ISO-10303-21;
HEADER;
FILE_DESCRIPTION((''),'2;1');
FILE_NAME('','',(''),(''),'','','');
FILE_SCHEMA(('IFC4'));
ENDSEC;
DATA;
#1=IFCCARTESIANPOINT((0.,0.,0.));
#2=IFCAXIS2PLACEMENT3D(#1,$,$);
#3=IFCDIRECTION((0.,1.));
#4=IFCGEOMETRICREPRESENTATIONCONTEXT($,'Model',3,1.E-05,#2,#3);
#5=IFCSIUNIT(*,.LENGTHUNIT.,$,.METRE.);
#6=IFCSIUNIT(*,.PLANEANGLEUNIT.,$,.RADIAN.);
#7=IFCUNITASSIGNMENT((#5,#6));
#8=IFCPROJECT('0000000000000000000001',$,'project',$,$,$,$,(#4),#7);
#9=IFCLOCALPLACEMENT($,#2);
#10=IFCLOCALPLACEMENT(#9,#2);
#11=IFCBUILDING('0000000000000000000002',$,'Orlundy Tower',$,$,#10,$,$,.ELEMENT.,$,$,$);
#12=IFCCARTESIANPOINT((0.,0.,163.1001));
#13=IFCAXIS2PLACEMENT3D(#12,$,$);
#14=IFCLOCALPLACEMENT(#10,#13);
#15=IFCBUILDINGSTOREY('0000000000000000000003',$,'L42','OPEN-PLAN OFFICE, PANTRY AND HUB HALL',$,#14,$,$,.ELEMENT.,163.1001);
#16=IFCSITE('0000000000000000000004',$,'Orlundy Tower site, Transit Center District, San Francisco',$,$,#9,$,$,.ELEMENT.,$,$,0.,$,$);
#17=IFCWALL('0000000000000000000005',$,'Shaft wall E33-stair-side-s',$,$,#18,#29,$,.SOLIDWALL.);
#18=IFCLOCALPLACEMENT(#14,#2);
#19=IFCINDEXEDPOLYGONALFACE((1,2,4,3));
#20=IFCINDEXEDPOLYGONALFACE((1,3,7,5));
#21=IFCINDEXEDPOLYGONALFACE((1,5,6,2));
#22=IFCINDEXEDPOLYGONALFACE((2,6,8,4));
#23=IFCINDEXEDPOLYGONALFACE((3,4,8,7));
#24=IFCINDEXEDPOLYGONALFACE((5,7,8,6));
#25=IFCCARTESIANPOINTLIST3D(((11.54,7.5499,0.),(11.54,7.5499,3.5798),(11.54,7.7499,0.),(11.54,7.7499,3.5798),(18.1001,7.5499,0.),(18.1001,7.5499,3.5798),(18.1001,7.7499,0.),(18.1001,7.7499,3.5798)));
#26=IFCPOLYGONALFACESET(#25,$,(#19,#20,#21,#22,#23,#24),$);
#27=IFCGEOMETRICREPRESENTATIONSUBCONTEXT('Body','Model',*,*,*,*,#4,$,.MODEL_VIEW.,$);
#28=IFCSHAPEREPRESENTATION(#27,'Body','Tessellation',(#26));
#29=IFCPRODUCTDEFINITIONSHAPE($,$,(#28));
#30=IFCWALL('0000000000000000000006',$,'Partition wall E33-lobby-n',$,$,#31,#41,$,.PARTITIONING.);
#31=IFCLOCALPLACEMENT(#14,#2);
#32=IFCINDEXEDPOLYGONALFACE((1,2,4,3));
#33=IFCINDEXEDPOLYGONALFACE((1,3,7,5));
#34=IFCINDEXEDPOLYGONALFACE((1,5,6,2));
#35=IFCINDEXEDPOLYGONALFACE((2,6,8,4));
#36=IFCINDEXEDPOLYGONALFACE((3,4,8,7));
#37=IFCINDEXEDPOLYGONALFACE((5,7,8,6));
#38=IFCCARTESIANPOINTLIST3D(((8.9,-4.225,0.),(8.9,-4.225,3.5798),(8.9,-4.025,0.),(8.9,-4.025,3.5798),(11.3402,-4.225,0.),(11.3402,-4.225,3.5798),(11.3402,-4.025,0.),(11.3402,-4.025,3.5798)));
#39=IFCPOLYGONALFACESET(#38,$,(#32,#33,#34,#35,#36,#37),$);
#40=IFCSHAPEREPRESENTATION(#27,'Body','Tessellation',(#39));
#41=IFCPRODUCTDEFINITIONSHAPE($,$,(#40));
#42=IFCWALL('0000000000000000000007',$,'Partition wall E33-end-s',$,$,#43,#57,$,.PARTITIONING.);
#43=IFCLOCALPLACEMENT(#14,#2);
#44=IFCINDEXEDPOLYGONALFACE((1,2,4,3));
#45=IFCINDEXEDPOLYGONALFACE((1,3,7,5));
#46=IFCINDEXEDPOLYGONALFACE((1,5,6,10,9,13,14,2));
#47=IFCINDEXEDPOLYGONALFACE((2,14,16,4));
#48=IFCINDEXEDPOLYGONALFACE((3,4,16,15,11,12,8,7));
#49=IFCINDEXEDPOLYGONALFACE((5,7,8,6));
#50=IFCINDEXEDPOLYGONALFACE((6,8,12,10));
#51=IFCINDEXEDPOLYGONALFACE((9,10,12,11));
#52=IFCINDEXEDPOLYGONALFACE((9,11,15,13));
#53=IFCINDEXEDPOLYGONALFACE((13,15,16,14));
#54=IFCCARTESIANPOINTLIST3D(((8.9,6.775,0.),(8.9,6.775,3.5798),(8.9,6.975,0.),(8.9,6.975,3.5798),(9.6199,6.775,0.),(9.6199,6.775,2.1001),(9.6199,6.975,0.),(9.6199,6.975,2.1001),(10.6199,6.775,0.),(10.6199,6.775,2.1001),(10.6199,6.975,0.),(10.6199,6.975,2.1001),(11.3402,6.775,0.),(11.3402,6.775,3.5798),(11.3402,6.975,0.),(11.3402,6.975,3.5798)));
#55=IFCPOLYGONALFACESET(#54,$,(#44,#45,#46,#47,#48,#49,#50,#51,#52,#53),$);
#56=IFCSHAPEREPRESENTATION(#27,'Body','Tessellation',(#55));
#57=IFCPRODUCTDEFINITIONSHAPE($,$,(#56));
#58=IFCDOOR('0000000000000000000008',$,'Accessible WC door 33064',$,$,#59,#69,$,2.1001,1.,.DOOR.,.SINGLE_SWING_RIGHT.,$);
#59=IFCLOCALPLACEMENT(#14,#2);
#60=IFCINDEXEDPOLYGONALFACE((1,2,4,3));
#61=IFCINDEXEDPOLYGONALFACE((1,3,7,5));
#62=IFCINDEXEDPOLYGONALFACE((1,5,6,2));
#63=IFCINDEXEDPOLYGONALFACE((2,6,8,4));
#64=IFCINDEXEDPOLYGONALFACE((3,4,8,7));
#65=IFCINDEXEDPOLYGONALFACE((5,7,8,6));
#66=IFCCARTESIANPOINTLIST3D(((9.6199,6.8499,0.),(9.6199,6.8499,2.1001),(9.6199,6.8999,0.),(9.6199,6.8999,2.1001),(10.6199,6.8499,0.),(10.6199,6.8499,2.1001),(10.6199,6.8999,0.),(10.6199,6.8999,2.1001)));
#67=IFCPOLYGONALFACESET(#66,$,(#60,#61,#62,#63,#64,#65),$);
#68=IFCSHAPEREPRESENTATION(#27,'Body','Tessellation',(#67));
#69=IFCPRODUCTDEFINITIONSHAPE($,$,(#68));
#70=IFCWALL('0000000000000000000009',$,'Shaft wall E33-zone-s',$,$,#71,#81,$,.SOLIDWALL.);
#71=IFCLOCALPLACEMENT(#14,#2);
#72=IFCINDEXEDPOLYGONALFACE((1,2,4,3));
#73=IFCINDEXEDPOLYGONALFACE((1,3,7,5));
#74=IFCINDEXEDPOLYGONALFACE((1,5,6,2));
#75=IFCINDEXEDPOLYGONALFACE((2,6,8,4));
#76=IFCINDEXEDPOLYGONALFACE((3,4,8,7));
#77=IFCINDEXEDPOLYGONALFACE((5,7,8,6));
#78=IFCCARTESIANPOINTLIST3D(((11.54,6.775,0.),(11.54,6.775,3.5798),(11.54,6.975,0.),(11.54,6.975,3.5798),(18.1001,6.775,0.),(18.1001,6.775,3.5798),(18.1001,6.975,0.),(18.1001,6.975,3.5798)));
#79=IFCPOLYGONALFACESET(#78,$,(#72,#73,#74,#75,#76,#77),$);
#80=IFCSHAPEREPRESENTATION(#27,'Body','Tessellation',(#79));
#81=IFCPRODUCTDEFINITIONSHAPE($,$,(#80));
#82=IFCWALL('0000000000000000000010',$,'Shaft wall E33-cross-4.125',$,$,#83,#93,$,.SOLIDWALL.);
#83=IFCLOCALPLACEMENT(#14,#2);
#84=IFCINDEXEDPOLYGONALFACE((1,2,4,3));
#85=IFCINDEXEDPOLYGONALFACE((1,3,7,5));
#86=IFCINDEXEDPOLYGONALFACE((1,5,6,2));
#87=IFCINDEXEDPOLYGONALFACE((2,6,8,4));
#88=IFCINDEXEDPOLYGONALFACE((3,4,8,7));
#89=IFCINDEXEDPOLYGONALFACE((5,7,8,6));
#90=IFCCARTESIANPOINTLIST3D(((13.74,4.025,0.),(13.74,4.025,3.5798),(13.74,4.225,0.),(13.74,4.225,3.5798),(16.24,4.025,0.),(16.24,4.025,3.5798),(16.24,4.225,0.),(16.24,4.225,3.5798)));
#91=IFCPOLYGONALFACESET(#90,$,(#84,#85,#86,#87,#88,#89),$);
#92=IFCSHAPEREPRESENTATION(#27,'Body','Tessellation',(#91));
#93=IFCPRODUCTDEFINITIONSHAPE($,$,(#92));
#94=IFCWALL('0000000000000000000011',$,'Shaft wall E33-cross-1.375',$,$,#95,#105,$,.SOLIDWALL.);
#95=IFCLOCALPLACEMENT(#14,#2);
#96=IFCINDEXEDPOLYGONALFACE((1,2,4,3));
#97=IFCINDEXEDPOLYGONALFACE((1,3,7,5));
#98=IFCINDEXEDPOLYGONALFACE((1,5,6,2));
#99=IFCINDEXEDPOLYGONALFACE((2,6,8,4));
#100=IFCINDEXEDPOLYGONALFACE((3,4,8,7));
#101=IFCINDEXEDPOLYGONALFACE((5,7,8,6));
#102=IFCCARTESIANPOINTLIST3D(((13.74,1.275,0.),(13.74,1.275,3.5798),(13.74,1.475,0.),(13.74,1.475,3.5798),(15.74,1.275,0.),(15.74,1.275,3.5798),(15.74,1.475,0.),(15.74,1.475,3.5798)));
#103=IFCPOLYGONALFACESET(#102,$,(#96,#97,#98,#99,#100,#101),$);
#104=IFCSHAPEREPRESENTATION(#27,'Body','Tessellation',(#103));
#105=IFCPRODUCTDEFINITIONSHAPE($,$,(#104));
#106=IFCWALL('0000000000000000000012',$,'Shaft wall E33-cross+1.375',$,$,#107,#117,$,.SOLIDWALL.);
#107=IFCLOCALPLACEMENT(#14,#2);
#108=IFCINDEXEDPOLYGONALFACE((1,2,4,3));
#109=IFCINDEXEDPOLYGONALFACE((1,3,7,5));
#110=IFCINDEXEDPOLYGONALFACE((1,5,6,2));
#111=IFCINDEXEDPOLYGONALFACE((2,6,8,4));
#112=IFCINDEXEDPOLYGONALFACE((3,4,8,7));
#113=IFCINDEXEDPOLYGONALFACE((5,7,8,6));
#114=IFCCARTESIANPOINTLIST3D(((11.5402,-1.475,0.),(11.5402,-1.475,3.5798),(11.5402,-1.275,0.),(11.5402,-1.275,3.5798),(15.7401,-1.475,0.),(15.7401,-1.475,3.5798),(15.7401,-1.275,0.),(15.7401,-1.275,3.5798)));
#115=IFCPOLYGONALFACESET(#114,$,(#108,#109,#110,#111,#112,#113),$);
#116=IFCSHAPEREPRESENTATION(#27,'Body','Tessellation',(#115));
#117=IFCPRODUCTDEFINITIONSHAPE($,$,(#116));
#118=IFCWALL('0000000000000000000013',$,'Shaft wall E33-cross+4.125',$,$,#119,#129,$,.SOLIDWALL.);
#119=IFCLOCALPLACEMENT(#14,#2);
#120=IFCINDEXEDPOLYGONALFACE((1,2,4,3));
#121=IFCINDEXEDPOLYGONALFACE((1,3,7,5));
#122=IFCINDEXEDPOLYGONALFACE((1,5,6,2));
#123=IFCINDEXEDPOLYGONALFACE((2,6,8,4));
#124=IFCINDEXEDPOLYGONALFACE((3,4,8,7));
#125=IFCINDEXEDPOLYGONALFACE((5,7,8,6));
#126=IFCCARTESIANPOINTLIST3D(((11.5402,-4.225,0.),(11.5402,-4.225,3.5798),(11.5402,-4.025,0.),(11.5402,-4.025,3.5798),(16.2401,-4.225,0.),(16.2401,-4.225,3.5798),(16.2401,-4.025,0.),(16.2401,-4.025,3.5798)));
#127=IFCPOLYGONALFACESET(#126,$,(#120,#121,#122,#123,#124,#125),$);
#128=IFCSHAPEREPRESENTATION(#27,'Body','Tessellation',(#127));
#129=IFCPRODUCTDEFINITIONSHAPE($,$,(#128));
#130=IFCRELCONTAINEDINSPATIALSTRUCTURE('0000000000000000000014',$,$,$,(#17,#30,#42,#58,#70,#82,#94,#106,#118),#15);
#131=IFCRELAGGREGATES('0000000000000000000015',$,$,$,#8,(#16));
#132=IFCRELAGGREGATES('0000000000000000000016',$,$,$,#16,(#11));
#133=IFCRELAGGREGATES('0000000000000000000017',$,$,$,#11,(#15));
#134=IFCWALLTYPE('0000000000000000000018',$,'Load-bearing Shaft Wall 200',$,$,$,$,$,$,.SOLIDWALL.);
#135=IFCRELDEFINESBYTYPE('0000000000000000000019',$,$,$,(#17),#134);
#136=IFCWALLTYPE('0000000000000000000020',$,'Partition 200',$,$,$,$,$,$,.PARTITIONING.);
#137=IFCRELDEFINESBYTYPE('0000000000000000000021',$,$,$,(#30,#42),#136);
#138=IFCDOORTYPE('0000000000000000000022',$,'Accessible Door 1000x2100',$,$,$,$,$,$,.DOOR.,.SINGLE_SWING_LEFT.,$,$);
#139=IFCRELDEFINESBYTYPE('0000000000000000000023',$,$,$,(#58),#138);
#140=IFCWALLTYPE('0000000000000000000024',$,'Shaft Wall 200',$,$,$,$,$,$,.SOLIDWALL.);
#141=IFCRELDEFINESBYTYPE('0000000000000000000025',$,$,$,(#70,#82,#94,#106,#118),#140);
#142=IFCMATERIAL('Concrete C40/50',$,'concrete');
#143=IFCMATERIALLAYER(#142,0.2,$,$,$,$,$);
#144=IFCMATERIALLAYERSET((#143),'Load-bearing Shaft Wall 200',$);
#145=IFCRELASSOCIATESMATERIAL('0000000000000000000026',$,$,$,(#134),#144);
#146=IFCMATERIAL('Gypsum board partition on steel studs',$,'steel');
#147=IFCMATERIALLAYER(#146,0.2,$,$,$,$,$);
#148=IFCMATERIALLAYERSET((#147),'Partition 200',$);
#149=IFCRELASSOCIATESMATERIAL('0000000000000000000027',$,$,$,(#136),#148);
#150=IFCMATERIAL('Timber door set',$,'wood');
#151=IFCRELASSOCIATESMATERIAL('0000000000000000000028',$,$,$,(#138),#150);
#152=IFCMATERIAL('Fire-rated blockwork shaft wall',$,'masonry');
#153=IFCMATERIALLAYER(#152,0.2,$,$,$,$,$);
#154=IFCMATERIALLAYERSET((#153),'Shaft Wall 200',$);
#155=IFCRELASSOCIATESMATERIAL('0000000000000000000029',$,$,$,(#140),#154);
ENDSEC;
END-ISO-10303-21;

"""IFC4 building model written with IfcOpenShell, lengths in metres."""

from ifc_helpers import new_model, si_unit, direction, frame, frame_2d, origin, place, context, subcontext, project, spatial, rectangle, extrude, material, layer, layer_set, type_object, element, fill, save


model = new_model("IFC4")

# Units and contexts
model_context = context("Model", 3, precision=1e-05, world=origin(), true_north=direction((0.0, 1.0)))
body_context = subcontext(model_context, "Body", "Model", "MODEL_VIEW")
ifc_project = project(units=[si_unit("LENGTHUNIT", "METRE"), si_unit("PLANEANGLEUNIT", "RADIAN")], contexts=[model_context])

# Site, building, storey
site_placement = place(None, origin())
site = spatial("IfcSite", under=ifc_project, at=site_placement, Name="Orlundy Tower site, Transit Center District, San Francisco", CompositionType="ELEMENT", RefElevation=0.0)
building_placement = place(site_placement, origin())
building = spatial("IfcBuilding", under=site, at=building_placement, Name="Orlundy Tower", CompositionType="ELEMENT")
storey_placement = place(building_placement, frame((0.0, 0.0, 163.1001)))
storey = spatial("IfcBuildingStorey", under=building, at=storey_placement, Name="L42", Description="OPEN-PLAN OFFICE, PANTRY AND HUB HALL", CompositionType="ELEMENT", Elevation=163.1001)

# Walls
ifc_material_1 = material(Name="Concrete C40/50", Category="concrete")
ifc_layer_1 = layer(ifc_material_1, 0.2)
ifc_layer_set_1 = layer_set([ifc_layer_1], Name="Load-bearing Shaft Wall 200")
wall_type_1 = type_object("IfcWallType", Name="Load-bearing Shaft Wall 200", PredefinedType="SOLIDWALL", material=ifc_layer_set_1)
wall_1_placement = place(storey_placement, frame((11.54, 7.6499, 0.0), z_axis=(0.0, 0.0, 1.0), x_axis=(1.0, 0.0, 0.0)))
element("IfcWall", 1, at=wall_1_placement, inside=storey, type_object=wall_type_1, Name="Shaft wall E33-stair-side-s", PredefinedType="SOLIDWALL", context=body_context, shape_type="SweptSolid", body=[
    extrude(rectangle(XDim=6.5601, YDim=0.2, at=frame_2d((3.28, 0.0))), origin(), (0.0, 0.0, 1.0), 3.5798),
])
ifc_material_2 = material(Name="Gypsum board partition on steel studs", Category="steel")
ifc_layer_2 = layer(ifc_material_2, 0.2)
ifc_layer_set_2 = layer_set([ifc_layer_2], Name="Partition 200")
wall_type_2 = type_object("IfcWallType", Name="Partition 200", PredefinedType="PARTITIONING", material=ifc_layer_set_2)
wall_2_placement = place(storey_placement, frame((8.8999, -4.125, 0.0), z_axis=(0.0, 0.0, 1.0), x_axis=(1.0, 0.0, 0.0)))
element("IfcWall", 2, at=wall_2_placement, inside=storey, type_object=wall_type_2, Name="Partition wall E33-lobby-n", PredefinedType="PARTITIONING", context=body_context, shape_type="SweptSolid", body=[
    extrude(rectangle(XDim=2.4402, YDim=0.2, at=frame_2d((1.2202, 0.0))), origin(), (0.0, 0.0, 1.0), 3.5798),
])

# Wall, opening, door
wall_3_placement = place(storey_placement, frame((8.8999, 6.875, 0.0), z_axis=(0.0, 0.0, 1.0), x_axis=(1.0, 0.0, 0.0)))
wall_3 = element("IfcWall", 3, at=wall_3_placement, inside=storey, type_object=wall_type_2, Name="Partition wall E33-end-s", PredefinedType="PARTITIONING", context=body_context, shape_type="SweptSolid", body=[
    extrude(rectangle(XDim=2.4402, YDim=0.2, at=frame_2d((1.2202, 0.0))), origin(), (0.0, 0.0, 1.0), 3.5798),
])
opening_1_placement = place(wall_3_placement, frame((0.72, 0.0, 0.0)))
opening_1 = element("IfcOpeningElement", 4, at=opening_1_placement, cuts=wall_3, PredefinedType="OPENING", context=body_context, shape_type="SweptSolid", body=[
    extrude(rectangle(XDim=1.0, YDim=2.1001, at=frame_2d((0.5, 1.05))), frame((0.0, 0.1101, 0.0), z_axis=(0.0, -1.0, 0.0), x_axis=(1.0, 0.0, 0.0)), (0.0, 0.0, 1.0), 0.2202),
])
ifc_material_3 = material(Name="Timber door set", Category="wood")
door_type_1 = type_object("IfcDoorType", Name="Accessible Door 1000x2100", OperationType="SINGLE_SWING_LEFT", PredefinedType="DOOR", material=ifc_material_3)
door_1_placement = place(opening_1_placement, origin())
door_1 = element("IfcDoor", 5, at=door_1_placement, inside=storey, type_object=door_type_1, Name="Accessible WC door 33064", OperationType="SINGLE_SWING_RIGHT", OverallHeight=2.1001, OverallWidth=1.0, PredefinedType="DOOR", context=body_context, shape_type="SweptSolid", body=[
    extrude(rectangle(XDim=1.0, YDim=2.1001, at=frame_2d((0.5, 1.05))), frame((0.0, 0.0249, 0.0), z_axis=(0.0, -1.0, 0.0), x_axis=(1.0, 0.0, 0.0)), (0.0, 0.0, 1.0), 0.05),
])
fill(opening_1, door_1)

# Walls
ifc_material_4 = material(Name="Fire-rated blockwork shaft wall", Category="masonry")
ifc_layer_3 = layer(ifc_material_4, 0.2)
ifc_layer_set_3 = layer_set([ifc_layer_3], Name="Shaft Wall 200")
wall_type_3 = type_object("IfcWallType", Name="Shaft Wall 200", PredefinedType="SOLIDWALL", material=ifc_layer_set_3)
wall_4_placement = place(storey_placement, frame((11.54, 6.875, 0.0), z_axis=(0.0, 0.0, 1.0), x_axis=(1.0, 0.0, 0.0)))
element("IfcWall", 6, at=wall_4_placement, inside=storey, type_object=wall_type_3, Name="Shaft wall E33-zone-s", PredefinedType="SOLIDWALL", context=body_context, shape_type="SweptSolid", body=[
    extrude(rectangle(XDim=6.5601, YDim=0.2, at=frame_2d((3.28, 0.0))), origin(), (0.0, 0.0, 1.0), 3.5798),
])
wall_5_placement = place(storey_placement, frame((13.74, 4.125, 0.0), z_axis=(0.0, 0.0, 1.0), x_axis=(1.0, 0.0, 0.0)))
element("IfcWall", 7, at=wall_5_placement, inside=storey, type_object=wall_type_3, Name="Shaft wall E33-cross-4.125", PredefinedType="SOLIDWALL", context=body_context, shape_type="SweptSolid", body=[
    extrude(rectangle(XDim=2.5, YDim=0.2, at=frame_2d((1.25, 0.0))), origin(), (0.0, 0.0, 1.0), 3.5798),
])
wall_6_placement = place(storey_placement, frame((13.74, 1.375, 0.0), z_axis=(0.0, 0.0, 1.0), x_axis=(1.0, 0.0, 0.0)))
element("IfcWall", 8, at=wall_6_placement, inside=storey, type_object=wall_type_3, Name="Shaft wall E33-cross-1.375", PredefinedType="SOLIDWALL", context=body_context, shape_type="SweptSolid", body=[
    extrude(rectangle(XDim=2.0, YDim=0.2, at=frame_2d((1.0, 0.0))), origin(), (0.0, 0.0, 1.0), 3.5798),
])
wall_7_placement = place(storey_placement, frame((11.54, -1.375, 0.0), z_axis=(0.0, 0.0, 1.0), x_axis=(1.0, 0.0, 0.0)))
element("IfcWall", 9, at=wall_7_placement, inside=storey, type_object=wall_type_3, Name="Shaft wall E33-cross+1.375", PredefinedType="SOLIDWALL", context=body_context, shape_type="SweptSolid", body=[
    extrude(rectangle(XDim=4.2, YDim=0.2, at=frame_2d((2.1001, 0.0))), origin(), (0.0, 0.0, 1.0), 3.5798),
])
wall_8_placement = place(storey_placement, frame((11.54, -4.125, 0.0), z_axis=(0.0, 0.0, 1.0), x_axis=(1.0, 0.0, 0.0)))
element("IfcWall", 10, at=wall_8_placement, inside=storey, type_object=wall_type_3, Name="Shaft wall E33-cross+4.125", PredefinedType="SOLIDWALL", context=body_context, shape_type="SweptSolid", body=[
    extrude(rectangle(XDim=4.7, YDim=0.2, at=frame_2d((2.3501, 0.0))), origin(), (0.0, 0.0, 1.0), 3.5798),
])

save(model, "model.ifc")
